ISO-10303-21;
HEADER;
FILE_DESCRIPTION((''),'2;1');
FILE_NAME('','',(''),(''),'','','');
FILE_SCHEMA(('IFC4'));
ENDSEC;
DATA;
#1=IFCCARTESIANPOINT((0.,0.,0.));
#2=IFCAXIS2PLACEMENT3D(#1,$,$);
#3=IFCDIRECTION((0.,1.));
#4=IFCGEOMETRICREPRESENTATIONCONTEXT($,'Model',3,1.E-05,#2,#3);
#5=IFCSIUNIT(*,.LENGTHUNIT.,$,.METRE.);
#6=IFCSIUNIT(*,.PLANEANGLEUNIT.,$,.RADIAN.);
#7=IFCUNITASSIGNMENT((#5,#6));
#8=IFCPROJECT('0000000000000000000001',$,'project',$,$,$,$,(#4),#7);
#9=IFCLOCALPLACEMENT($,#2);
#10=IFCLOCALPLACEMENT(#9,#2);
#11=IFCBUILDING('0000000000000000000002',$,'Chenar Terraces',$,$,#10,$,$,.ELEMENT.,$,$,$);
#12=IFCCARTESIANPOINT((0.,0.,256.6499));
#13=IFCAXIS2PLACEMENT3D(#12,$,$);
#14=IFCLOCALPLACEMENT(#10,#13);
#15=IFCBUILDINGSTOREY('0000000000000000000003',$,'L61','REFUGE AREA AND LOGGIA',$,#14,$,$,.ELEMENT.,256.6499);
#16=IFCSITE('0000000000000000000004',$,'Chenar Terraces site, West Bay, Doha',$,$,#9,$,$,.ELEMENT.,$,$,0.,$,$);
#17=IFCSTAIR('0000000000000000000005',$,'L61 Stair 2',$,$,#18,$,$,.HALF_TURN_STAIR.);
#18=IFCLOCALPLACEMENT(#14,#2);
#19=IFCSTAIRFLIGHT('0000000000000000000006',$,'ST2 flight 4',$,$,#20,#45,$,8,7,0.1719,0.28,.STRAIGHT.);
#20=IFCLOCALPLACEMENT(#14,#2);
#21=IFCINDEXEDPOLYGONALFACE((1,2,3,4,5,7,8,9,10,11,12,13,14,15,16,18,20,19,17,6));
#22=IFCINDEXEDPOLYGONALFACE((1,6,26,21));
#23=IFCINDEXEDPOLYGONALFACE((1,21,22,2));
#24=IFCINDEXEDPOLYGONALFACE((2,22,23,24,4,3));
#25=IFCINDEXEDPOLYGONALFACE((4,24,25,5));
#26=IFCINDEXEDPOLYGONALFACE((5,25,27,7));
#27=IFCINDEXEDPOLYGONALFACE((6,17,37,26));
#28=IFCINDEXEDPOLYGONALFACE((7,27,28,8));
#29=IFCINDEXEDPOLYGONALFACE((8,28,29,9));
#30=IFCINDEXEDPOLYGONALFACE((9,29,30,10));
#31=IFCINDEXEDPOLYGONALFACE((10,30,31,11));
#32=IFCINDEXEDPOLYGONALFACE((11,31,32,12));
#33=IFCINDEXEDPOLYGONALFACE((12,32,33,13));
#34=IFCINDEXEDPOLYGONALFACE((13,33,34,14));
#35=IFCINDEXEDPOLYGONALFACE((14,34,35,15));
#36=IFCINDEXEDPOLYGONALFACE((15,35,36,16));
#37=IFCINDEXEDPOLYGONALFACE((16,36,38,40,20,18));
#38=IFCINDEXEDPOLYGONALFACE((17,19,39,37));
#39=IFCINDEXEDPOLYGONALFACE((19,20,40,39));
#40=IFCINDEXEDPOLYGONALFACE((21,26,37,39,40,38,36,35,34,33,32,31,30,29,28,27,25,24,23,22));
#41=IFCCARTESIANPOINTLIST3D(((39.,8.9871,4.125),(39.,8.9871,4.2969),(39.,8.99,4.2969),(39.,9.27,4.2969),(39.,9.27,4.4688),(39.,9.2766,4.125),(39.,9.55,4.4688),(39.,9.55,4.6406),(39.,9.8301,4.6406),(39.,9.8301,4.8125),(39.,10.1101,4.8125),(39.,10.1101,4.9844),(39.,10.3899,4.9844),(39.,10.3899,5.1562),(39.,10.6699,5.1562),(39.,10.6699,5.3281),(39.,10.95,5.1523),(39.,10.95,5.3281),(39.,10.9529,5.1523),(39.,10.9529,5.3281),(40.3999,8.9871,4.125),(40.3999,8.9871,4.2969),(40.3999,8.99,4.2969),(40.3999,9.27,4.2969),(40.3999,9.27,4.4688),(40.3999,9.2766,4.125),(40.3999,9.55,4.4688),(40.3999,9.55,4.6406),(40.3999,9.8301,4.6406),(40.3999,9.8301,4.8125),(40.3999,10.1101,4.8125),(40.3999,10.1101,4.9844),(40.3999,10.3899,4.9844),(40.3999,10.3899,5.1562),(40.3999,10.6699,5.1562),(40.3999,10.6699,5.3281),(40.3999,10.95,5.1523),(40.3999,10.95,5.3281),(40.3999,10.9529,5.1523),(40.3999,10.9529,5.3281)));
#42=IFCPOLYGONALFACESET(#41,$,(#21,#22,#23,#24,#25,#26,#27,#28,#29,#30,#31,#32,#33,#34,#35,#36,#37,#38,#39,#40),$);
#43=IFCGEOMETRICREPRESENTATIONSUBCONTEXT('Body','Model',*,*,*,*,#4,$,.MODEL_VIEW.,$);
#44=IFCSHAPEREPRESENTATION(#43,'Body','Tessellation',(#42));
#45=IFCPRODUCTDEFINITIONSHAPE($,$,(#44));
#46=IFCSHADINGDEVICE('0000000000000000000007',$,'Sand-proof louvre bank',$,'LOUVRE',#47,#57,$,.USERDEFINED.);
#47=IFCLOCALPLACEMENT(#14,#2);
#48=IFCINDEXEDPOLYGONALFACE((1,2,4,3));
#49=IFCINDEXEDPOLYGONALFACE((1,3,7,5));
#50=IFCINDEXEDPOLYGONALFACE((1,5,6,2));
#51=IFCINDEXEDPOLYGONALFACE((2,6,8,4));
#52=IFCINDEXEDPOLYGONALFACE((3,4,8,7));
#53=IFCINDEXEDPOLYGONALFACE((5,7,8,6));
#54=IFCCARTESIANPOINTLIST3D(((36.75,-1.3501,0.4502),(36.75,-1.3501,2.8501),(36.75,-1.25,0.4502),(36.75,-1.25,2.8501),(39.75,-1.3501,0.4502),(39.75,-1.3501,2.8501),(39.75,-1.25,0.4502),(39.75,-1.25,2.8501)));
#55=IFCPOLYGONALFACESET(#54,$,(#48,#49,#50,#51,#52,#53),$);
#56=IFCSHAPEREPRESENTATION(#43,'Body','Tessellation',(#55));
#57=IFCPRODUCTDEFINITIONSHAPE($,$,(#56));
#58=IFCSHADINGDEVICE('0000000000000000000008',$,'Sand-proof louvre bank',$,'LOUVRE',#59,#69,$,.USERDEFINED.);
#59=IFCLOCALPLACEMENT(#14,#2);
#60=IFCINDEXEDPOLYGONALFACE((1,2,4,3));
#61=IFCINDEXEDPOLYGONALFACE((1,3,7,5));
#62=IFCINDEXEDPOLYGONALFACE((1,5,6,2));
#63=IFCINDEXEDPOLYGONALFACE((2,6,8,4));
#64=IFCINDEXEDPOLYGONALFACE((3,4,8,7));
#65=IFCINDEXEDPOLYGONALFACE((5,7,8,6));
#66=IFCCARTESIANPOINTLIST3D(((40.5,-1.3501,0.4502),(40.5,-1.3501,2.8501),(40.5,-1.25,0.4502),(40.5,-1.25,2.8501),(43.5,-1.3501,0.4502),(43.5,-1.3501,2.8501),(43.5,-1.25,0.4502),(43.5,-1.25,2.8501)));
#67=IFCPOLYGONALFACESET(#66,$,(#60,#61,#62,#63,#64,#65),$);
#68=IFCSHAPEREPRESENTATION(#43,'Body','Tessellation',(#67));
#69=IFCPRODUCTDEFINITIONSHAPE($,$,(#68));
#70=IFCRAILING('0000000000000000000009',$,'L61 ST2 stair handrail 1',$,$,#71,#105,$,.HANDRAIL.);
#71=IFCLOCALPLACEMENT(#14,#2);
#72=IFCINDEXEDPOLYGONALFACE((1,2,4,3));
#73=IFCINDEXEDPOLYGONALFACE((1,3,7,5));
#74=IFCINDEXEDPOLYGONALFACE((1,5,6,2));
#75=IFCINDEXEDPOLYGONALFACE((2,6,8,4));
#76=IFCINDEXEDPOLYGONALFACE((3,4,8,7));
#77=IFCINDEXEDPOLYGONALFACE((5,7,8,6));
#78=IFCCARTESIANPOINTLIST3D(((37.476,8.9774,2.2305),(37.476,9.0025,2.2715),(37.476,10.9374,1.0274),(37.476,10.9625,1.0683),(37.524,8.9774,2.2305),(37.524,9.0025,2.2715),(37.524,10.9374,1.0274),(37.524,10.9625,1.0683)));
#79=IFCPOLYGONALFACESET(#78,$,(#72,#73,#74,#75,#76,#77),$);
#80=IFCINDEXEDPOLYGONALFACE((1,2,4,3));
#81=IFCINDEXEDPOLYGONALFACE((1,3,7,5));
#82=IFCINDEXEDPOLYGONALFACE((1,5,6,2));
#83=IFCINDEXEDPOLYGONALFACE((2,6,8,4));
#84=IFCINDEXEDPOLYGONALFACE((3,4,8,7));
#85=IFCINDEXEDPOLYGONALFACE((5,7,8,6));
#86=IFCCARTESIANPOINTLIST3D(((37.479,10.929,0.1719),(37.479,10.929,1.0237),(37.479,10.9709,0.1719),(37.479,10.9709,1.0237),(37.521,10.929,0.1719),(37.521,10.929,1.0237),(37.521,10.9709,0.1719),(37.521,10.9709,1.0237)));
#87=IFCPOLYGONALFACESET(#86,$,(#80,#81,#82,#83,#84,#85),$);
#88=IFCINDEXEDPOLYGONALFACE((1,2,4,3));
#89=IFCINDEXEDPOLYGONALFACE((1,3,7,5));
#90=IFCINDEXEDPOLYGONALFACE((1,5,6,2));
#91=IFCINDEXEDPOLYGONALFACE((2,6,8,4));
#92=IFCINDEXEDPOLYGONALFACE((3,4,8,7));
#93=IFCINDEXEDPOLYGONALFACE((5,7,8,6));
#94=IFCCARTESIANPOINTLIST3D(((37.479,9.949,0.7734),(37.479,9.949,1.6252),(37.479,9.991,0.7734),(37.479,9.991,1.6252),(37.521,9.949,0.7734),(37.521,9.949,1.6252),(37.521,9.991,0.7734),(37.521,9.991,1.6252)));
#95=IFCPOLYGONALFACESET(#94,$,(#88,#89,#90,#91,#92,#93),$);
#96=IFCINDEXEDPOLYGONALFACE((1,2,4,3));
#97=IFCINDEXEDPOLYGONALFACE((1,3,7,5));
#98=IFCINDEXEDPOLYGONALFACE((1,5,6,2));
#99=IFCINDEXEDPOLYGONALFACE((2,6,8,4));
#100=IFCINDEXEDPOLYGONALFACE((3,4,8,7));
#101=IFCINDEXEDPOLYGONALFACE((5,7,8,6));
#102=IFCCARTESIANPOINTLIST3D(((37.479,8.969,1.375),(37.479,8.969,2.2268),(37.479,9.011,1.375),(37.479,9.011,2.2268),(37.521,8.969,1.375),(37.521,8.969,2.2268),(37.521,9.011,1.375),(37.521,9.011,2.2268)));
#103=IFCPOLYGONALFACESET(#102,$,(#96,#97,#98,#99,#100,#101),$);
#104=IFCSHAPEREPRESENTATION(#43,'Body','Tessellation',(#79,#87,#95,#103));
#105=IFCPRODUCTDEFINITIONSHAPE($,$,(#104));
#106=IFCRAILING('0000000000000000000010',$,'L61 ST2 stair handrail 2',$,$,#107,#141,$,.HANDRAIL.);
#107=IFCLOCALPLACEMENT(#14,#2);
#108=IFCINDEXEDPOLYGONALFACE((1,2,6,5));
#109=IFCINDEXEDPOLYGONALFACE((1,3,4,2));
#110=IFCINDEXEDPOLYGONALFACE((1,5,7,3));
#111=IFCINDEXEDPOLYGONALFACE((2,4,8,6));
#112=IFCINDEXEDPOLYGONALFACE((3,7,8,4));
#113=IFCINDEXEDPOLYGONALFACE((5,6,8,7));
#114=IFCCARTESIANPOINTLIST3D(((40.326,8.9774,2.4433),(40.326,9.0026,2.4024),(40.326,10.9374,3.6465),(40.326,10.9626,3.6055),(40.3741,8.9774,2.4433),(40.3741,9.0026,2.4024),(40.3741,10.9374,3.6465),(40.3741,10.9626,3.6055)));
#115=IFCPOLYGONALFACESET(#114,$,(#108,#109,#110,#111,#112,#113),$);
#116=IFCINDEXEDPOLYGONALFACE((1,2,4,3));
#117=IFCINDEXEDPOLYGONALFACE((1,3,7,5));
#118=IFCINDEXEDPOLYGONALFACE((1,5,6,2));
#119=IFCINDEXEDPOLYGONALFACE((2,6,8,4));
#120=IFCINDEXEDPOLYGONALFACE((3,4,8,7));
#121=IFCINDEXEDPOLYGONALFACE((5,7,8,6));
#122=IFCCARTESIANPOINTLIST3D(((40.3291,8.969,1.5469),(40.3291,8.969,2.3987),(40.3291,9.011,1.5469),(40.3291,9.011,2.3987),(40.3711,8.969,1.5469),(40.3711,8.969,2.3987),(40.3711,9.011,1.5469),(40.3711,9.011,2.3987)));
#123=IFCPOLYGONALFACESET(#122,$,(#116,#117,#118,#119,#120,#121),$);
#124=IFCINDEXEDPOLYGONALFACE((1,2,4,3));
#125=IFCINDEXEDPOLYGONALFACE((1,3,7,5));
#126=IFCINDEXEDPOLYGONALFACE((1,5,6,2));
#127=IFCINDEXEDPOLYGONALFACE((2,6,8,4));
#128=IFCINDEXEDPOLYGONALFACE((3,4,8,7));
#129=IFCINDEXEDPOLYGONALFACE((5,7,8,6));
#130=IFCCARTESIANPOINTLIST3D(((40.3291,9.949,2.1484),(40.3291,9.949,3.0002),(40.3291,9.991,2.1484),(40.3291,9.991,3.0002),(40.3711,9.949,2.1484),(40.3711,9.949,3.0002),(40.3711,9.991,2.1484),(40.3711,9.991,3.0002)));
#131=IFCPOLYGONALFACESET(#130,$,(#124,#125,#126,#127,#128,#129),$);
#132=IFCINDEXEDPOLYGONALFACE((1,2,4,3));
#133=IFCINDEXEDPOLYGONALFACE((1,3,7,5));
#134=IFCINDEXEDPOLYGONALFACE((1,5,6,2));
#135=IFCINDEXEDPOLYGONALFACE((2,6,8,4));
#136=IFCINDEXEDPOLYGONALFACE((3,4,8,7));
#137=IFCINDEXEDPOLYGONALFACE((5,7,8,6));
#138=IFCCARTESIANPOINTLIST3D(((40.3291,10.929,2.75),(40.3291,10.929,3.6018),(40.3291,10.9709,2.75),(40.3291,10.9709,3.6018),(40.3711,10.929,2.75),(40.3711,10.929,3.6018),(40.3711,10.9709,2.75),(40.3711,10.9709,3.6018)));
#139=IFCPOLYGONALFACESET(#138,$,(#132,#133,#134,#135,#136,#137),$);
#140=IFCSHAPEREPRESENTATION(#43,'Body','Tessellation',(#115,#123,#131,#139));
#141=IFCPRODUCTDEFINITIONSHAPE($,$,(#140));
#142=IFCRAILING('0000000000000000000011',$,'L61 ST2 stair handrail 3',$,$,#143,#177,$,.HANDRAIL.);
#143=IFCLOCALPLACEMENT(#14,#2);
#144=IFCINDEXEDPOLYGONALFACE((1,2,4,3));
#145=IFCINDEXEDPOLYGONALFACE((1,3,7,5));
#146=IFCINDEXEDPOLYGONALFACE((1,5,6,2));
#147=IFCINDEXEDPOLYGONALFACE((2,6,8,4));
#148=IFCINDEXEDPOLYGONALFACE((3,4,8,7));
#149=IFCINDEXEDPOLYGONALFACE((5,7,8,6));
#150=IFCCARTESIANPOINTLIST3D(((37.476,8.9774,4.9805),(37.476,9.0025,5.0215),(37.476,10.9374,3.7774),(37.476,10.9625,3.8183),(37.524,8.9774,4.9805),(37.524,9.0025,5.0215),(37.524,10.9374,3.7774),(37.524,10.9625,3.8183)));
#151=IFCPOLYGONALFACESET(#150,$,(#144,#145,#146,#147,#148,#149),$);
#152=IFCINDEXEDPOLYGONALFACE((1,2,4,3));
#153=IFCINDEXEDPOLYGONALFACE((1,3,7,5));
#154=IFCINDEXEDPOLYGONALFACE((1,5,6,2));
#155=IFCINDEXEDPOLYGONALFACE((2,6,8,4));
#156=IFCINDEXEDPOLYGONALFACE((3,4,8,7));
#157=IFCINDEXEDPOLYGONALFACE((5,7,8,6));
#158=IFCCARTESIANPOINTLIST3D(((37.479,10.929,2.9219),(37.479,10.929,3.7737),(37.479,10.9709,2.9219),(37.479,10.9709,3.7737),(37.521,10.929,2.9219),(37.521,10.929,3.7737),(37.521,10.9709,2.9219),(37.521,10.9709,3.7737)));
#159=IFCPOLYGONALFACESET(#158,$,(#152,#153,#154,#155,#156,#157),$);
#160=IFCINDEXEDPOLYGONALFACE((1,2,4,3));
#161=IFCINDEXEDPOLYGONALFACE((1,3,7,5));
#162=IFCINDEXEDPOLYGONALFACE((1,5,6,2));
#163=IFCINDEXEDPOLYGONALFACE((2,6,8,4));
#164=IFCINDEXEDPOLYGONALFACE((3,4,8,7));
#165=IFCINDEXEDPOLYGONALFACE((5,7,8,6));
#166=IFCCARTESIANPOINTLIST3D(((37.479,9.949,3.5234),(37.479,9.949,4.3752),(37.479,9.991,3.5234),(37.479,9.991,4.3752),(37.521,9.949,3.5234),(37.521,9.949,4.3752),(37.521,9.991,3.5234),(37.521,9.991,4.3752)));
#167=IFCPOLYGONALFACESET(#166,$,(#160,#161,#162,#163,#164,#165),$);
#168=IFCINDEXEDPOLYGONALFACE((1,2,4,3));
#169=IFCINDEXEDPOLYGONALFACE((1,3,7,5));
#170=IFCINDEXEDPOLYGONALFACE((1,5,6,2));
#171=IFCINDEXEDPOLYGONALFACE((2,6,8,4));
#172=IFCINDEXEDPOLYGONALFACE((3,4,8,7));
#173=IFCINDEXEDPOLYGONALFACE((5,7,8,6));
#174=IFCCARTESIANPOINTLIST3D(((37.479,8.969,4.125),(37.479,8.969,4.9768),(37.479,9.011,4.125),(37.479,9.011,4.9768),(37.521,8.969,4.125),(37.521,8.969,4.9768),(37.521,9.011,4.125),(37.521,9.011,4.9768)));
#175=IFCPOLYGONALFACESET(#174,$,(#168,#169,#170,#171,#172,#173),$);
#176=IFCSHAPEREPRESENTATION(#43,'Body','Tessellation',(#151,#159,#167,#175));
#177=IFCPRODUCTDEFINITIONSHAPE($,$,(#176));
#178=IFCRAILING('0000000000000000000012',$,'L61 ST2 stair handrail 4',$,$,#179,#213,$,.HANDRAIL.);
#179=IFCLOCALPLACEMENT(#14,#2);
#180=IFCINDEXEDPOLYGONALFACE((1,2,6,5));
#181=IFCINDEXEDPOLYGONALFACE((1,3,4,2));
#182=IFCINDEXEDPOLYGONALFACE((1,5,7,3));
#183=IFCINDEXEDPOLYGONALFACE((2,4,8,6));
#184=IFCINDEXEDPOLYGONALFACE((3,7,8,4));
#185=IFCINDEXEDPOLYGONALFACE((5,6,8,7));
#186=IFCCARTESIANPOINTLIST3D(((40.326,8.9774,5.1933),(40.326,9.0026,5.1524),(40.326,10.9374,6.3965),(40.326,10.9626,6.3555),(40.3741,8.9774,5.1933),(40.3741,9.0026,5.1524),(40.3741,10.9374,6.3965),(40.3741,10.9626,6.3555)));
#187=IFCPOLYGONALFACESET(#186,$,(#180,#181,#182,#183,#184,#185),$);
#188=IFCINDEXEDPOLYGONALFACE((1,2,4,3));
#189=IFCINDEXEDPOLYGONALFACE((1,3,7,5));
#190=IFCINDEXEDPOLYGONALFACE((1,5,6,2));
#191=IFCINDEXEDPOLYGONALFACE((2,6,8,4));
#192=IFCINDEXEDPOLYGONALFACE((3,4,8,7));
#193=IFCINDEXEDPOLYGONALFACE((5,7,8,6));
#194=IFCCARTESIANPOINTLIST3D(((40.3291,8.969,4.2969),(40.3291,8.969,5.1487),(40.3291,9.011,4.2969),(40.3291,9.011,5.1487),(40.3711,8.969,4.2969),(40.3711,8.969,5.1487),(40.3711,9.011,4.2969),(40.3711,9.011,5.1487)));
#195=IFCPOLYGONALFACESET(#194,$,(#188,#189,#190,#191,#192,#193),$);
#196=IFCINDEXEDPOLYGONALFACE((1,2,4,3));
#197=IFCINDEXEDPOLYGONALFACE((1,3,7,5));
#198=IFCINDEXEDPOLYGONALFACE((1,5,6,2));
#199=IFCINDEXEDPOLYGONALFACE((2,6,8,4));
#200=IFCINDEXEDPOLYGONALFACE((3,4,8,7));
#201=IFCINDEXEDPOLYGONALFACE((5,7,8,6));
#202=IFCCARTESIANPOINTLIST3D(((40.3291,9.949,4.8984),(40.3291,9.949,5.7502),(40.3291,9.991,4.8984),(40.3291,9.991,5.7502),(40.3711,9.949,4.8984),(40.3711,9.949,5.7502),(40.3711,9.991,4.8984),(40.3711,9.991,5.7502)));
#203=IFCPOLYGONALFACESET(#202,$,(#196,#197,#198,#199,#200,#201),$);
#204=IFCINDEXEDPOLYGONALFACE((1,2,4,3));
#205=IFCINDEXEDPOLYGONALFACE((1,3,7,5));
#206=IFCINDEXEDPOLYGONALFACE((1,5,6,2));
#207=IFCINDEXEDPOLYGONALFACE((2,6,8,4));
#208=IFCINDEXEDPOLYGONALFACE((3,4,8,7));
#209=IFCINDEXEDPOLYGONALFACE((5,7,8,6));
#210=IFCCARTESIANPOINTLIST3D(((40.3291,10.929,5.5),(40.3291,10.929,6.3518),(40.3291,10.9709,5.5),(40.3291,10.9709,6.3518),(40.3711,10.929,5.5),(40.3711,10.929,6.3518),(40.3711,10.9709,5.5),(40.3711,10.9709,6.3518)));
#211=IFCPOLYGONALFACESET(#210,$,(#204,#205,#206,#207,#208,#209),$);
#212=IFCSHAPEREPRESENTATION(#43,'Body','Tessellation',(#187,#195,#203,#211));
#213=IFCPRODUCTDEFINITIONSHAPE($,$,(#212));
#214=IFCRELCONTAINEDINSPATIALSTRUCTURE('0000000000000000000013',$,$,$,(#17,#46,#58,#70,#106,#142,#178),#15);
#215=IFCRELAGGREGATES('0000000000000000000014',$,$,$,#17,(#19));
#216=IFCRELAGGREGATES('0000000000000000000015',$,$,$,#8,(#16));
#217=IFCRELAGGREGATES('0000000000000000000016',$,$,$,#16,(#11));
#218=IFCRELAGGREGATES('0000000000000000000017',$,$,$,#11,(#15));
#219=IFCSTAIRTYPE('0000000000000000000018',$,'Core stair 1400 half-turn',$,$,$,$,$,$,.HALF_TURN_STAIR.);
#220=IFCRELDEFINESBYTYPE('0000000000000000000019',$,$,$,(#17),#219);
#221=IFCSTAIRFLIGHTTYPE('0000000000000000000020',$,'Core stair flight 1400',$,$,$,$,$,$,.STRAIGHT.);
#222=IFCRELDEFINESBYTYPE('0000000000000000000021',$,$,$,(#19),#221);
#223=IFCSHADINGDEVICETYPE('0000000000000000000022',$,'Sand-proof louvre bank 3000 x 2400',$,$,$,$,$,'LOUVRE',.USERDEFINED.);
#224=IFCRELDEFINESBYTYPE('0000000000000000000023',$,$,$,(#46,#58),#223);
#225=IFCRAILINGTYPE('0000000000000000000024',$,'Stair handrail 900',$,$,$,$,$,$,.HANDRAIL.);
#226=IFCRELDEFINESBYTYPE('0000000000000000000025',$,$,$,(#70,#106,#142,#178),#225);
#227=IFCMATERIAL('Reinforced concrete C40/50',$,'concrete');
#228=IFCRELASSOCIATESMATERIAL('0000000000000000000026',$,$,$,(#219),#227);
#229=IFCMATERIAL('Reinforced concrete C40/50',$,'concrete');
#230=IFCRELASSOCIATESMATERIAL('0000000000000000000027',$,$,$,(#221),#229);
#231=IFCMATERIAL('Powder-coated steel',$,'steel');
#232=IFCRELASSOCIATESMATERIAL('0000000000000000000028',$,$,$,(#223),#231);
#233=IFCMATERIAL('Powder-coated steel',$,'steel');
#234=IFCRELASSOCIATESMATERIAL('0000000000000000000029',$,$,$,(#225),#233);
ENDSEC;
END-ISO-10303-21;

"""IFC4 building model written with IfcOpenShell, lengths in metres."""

from ifc_helpers import new_model, si_unit, direction, frame, origin, origin_2d, place, context, subcontext, project, spatial, polyline, rectangle, outline, extrude, material, type_object, element, aggregate, save


model = new_model("IFC4")

# Units and contexts
model_context = context("Model", 3, precision=1e-05, world=origin(), true_north=direction((0.0, 1.0)))
body_context = subcontext(model_context, "Body", "Model", "MODEL_VIEW")
ifc_project = project(units=[si_unit("LENGTHUNIT", "METRE"), si_unit("PLANEANGLEUNIT", "RADIAN")], contexts=[model_context])

# Site, building, storey
site_placement = place(None, origin())
site = spatial("IfcSite", under=ifc_project, at=site_placement, Name="Chenar Terraces site, West Bay, Doha", CompositionType="ELEMENT", RefElevation=0.0)
building_placement = place(site_placement, origin())
building = spatial("IfcBuilding", under=site, at=building_placement, Name="Chenar Terraces", CompositionType="ELEMENT")
storey_placement = place(building_placement, frame((0.0, 0.0, 256.6499)))
storey = spatial("IfcBuildingStorey", under=building, at=storey_placement, Name="L61", Description="REFUGE AREA AND LOGGIA", CompositionType="ELEMENT", Elevation=256.6499)

# Stair, stair flight
ifc_material_1 = material(Name="Reinforced concrete C40/50", Category="concrete")
stair_type = type_object("IfcStairType", Name="Core stair 1400 half-turn", PredefinedType="HALF_TURN_STAIR", material=ifc_material_1)
stair_placement = place(storey_placement, origin())
stair = element("IfcStair", 1, at=stair_placement, inside=storey, type_object=stair_type, Name="L61 Stair 2", PredefinedType="HALF_TURN_STAIR")
ifc_material_2 = material(Name="Reinforced concrete C40/50", Category="concrete")
stair_flight_type = type_object("IfcStairFlightType", Name="Core stair flight 1400", PredefinedType="STRAIGHT", material=ifc_material_2)
stair_flight_1_placement = place(storey_placement, frame((39.7, 8.99, 4.125), z_axis=(0.0, 0.0, 1.0), x_axis=(0.0, 1.0, 0.0)))
stair_flight_1 = element("IfcStairFlight", 2, at=stair_flight_1_placement, type_object=stair_flight_type, Name="ST2 flight 4", NumberOfRisers=8, NumberOfTreads=7, PredefinedType="STRAIGHT", RiserHeight=0.1719, TreadLength=0.28, context=body_context, shape_type="SweptSolid", body=[
    extrude(outline(polyline([(-0.0029, 0.0), (-0.0029, 0.1719), (0.0, 0.1719), (0.28, 0.1719), (0.28, 0.3438), (0.5601, 0.3438), (0.5601, 0.5156), (0.8401, 0.5156), (0.8401, 0.6875), (1.1201, 0.6875), (1.1201, 0.8594), (1.3999, 0.8594), (1.3999, 1.0312), (1.6799, 1.0312), (1.6799, 1.2031), (1.96, 1.2031), (1.9629, 1.2031), (1.9629, 1.0273), (1.96, 1.0273), (0.2866, 0.0), (-0.0029, 0.0)])), frame((0.0, 0.7, 0.0), z_axis=(0.0, -1.0, 0.0), x_axis=(1.0, 0.0, 0.0)), (0.0, 0.0, 1.0), 1.3999),
])
aggregate(stair, [stair_flight_1])

# Shading devices
ifc_material_3 = material(Name="Powder-coated steel", Category="steel")
shading_device_type = type_object("IfcShadingDeviceType", Name="Sand-proof louvre bank 3000 x 2400", ElementType="LOUVRE", PredefinedType="USERDEFINED", material=ifc_material_3)
for number, where, z_axis, x_axis, name in (
    (3, (38.25, -1.3, 0.4502), (0.0, 0.0, 1.0), (1.0, 0.0, 0.0), "Sand-proof louvre bank"),
    (4, (42.0, -1.3, 0.4502), (0.0, 0.0, 1.0), (1.0, 0.0, 0.0), "Sand-proof louvre bank"),
):
    element("IfcShadingDevice", number, at=place(storey_placement, frame(where, z_axis=z_axis, x_axis=x_axis)), inside=storey, type_object=shading_device_type, Name=name, ObjectType="LOUVRE", PredefinedType="USERDEFINED", context=body_context, shape_type="SweptSolid", body=[
        extrude(rectangle(XDim=3.0, YDim=0.1001, at=origin_2d()), origin(), (0.0, 0.0, 1.0), 2.3999),
    ])

# Railings
ifc_material_4 = material(Name="Powder-coated steel", Category="steel")
railing_type_1 = type_object("IfcRailingType", Name="Stair handrail 900", PredefinedType="HANDRAIL", material=ifc_material_4)
railing_1_placement = place(storey_placement, frame((37.5, 10.95, 0.1719)))
element("IfcRailing", 5, at=railing_1_placement, inside=storey, type_object=railing_type_1, Name="L61 ST2 stair handrail 1", PredefinedType="HANDRAIL", context=body_context, shape_type="SweptSolid", body=[
    extrude(rectangle(XDim=0.0481, YDim=0.0481, at=origin_2d()), frame((0.0, 0.0, 0.876), z_axis=(0.0, -0.852241, 0.523149), x_axis=(1.0, 0.0, 0.0)), (0.0, 0.0, 1.0), 2.2998),
    extrude(rectangle(XDim=0.042, YDim=0.042, at=origin_2d()), origin(), (0.0, 0.0, 1.0), 0.8518),
    extrude(rectangle(XDim=0.042, YDim=0.042, at=origin_2d()), frame((0.0, -0.98, 0.6016)), (0.0, 0.0, 1.0), 0.8518),
    extrude(rectangle(XDim=0.042, YDim=0.042, at=origin_2d()), frame((0.0, -1.96, 1.2031)), (0.0, 0.0, 1.0), 0.8518),
])
railing_2_placement = place(storey_placement, frame((40.3501, 8.99, 1.5469)))
element("IfcRailing", 6, at=railing_2_placement, inside=storey, type_object=railing_type_1, Name="L61 ST2 stair handrail 2", PredefinedType="HANDRAIL", context=body_context, shape_type="SweptSolid", body=[
    extrude(rectangle(XDim=0.0481, YDim=0.0481, at=origin_2d()), frame((0.0, 0.0, 0.876), z_axis=(0.0, 0.852241, 0.523149), x_axis=(-1.0, 0.0, 0.0)), (0.0, 0.0, 1.0), 2.2998),
    extrude(rectangle(XDim=0.042, YDim=0.042, at=origin_2d()), origin(), (0.0, 0.0, 1.0), 0.8518),
    extrude(rectangle(XDim=0.042, YDim=0.042, at=origin_2d()), frame((0.0, 0.98, 0.6016)), (0.0, 0.0, 1.0), 0.8518),
    extrude(rectangle(XDim=0.042, YDim=0.042, at=origin_2d()), frame((0.0, 1.96, 1.2031)), (0.0, 0.0, 1.0), 0.8518),
])
railing_3_placement = place(storey_placement, frame((37.5, 10.95, 2.9219)))
element("IfcRailing", 7, at=railing_3_placement, inside=storey, type_object=railing_type_1, Name="L61 ST2 stair handrail 3", PredefinedType="HANDRAIL", context=body_context, shape_type="SweptSolid", body=[
    extrude(rectangle(XDim=0.0481, YDim=0.0481, at=origin_2d()), frame((0.0, 0.0, 0.876), z_axis=(0.0, -0.852241, 0.523149), x_axis=(1.0, 0.0, 0.0)), (0.0, 0.0, 1.0), 2.2998),
    extrude(rectangle(XDim=0.042, YDim=0.042, at=origin_2d()), origin(), (0.0, 0.0, 1.0), 0.8518),
    extrude(rectangle(XDim=0.042, YDim=0.042, at=origin_2d()), frame((0.0, -0.98, 0.6016)), (0.0, 0.0, 1.0), 0.8518),
    extrude(rectangle(XDim=0.042, YDim=0.042, at=origin_2d()), frame((0.0, -1.96, 1.2031)), (0.0, 0.0, 1.0), 0.8518),
])
railing_4_placement = place(storey_placement, frame((40.3501, 8.99, 4.2969)))
element("IfcRailing", 8, at=railing_4_placement, inside=storey, type_object=railing_type_1, Name="L61 ST2 stair handrail 4", PredefinedType="HANDRAIL", context=body_context, shape_type="SweptSolid", body=[
    extrude(rectangle(XDim=0.0481, YDim=0.0481, at=origin_2d()), frame((0.0, 0.0, 0.876), z_axis=(0.0, 0.852241, 0.523149), x_axis=(-1.0, 0.0, 0.0)), (0.0, 0.0, 1.0), 2.2998),
    extrude(rectangle(XDim=0.042, YDim=0.042, at=origin_2d()), origin(), (0.0, 0.0, 1.0), 0.8518),
    extrude(rectangle(XDim=0.042, YDim=0.042, at=origin_2d()), frame((0.0, 0.98, 0.6016)), (0.0, 0.0, 1.0), 0.8518),
    extrude(rectangle(XDim=0.042, YDim=0.042, at=origin_2d()), frame((0.0, 1.96, 1.2031)), (0.0, 0.0, 1.0), 0.8518),
])

save(model, "model.ifc")
